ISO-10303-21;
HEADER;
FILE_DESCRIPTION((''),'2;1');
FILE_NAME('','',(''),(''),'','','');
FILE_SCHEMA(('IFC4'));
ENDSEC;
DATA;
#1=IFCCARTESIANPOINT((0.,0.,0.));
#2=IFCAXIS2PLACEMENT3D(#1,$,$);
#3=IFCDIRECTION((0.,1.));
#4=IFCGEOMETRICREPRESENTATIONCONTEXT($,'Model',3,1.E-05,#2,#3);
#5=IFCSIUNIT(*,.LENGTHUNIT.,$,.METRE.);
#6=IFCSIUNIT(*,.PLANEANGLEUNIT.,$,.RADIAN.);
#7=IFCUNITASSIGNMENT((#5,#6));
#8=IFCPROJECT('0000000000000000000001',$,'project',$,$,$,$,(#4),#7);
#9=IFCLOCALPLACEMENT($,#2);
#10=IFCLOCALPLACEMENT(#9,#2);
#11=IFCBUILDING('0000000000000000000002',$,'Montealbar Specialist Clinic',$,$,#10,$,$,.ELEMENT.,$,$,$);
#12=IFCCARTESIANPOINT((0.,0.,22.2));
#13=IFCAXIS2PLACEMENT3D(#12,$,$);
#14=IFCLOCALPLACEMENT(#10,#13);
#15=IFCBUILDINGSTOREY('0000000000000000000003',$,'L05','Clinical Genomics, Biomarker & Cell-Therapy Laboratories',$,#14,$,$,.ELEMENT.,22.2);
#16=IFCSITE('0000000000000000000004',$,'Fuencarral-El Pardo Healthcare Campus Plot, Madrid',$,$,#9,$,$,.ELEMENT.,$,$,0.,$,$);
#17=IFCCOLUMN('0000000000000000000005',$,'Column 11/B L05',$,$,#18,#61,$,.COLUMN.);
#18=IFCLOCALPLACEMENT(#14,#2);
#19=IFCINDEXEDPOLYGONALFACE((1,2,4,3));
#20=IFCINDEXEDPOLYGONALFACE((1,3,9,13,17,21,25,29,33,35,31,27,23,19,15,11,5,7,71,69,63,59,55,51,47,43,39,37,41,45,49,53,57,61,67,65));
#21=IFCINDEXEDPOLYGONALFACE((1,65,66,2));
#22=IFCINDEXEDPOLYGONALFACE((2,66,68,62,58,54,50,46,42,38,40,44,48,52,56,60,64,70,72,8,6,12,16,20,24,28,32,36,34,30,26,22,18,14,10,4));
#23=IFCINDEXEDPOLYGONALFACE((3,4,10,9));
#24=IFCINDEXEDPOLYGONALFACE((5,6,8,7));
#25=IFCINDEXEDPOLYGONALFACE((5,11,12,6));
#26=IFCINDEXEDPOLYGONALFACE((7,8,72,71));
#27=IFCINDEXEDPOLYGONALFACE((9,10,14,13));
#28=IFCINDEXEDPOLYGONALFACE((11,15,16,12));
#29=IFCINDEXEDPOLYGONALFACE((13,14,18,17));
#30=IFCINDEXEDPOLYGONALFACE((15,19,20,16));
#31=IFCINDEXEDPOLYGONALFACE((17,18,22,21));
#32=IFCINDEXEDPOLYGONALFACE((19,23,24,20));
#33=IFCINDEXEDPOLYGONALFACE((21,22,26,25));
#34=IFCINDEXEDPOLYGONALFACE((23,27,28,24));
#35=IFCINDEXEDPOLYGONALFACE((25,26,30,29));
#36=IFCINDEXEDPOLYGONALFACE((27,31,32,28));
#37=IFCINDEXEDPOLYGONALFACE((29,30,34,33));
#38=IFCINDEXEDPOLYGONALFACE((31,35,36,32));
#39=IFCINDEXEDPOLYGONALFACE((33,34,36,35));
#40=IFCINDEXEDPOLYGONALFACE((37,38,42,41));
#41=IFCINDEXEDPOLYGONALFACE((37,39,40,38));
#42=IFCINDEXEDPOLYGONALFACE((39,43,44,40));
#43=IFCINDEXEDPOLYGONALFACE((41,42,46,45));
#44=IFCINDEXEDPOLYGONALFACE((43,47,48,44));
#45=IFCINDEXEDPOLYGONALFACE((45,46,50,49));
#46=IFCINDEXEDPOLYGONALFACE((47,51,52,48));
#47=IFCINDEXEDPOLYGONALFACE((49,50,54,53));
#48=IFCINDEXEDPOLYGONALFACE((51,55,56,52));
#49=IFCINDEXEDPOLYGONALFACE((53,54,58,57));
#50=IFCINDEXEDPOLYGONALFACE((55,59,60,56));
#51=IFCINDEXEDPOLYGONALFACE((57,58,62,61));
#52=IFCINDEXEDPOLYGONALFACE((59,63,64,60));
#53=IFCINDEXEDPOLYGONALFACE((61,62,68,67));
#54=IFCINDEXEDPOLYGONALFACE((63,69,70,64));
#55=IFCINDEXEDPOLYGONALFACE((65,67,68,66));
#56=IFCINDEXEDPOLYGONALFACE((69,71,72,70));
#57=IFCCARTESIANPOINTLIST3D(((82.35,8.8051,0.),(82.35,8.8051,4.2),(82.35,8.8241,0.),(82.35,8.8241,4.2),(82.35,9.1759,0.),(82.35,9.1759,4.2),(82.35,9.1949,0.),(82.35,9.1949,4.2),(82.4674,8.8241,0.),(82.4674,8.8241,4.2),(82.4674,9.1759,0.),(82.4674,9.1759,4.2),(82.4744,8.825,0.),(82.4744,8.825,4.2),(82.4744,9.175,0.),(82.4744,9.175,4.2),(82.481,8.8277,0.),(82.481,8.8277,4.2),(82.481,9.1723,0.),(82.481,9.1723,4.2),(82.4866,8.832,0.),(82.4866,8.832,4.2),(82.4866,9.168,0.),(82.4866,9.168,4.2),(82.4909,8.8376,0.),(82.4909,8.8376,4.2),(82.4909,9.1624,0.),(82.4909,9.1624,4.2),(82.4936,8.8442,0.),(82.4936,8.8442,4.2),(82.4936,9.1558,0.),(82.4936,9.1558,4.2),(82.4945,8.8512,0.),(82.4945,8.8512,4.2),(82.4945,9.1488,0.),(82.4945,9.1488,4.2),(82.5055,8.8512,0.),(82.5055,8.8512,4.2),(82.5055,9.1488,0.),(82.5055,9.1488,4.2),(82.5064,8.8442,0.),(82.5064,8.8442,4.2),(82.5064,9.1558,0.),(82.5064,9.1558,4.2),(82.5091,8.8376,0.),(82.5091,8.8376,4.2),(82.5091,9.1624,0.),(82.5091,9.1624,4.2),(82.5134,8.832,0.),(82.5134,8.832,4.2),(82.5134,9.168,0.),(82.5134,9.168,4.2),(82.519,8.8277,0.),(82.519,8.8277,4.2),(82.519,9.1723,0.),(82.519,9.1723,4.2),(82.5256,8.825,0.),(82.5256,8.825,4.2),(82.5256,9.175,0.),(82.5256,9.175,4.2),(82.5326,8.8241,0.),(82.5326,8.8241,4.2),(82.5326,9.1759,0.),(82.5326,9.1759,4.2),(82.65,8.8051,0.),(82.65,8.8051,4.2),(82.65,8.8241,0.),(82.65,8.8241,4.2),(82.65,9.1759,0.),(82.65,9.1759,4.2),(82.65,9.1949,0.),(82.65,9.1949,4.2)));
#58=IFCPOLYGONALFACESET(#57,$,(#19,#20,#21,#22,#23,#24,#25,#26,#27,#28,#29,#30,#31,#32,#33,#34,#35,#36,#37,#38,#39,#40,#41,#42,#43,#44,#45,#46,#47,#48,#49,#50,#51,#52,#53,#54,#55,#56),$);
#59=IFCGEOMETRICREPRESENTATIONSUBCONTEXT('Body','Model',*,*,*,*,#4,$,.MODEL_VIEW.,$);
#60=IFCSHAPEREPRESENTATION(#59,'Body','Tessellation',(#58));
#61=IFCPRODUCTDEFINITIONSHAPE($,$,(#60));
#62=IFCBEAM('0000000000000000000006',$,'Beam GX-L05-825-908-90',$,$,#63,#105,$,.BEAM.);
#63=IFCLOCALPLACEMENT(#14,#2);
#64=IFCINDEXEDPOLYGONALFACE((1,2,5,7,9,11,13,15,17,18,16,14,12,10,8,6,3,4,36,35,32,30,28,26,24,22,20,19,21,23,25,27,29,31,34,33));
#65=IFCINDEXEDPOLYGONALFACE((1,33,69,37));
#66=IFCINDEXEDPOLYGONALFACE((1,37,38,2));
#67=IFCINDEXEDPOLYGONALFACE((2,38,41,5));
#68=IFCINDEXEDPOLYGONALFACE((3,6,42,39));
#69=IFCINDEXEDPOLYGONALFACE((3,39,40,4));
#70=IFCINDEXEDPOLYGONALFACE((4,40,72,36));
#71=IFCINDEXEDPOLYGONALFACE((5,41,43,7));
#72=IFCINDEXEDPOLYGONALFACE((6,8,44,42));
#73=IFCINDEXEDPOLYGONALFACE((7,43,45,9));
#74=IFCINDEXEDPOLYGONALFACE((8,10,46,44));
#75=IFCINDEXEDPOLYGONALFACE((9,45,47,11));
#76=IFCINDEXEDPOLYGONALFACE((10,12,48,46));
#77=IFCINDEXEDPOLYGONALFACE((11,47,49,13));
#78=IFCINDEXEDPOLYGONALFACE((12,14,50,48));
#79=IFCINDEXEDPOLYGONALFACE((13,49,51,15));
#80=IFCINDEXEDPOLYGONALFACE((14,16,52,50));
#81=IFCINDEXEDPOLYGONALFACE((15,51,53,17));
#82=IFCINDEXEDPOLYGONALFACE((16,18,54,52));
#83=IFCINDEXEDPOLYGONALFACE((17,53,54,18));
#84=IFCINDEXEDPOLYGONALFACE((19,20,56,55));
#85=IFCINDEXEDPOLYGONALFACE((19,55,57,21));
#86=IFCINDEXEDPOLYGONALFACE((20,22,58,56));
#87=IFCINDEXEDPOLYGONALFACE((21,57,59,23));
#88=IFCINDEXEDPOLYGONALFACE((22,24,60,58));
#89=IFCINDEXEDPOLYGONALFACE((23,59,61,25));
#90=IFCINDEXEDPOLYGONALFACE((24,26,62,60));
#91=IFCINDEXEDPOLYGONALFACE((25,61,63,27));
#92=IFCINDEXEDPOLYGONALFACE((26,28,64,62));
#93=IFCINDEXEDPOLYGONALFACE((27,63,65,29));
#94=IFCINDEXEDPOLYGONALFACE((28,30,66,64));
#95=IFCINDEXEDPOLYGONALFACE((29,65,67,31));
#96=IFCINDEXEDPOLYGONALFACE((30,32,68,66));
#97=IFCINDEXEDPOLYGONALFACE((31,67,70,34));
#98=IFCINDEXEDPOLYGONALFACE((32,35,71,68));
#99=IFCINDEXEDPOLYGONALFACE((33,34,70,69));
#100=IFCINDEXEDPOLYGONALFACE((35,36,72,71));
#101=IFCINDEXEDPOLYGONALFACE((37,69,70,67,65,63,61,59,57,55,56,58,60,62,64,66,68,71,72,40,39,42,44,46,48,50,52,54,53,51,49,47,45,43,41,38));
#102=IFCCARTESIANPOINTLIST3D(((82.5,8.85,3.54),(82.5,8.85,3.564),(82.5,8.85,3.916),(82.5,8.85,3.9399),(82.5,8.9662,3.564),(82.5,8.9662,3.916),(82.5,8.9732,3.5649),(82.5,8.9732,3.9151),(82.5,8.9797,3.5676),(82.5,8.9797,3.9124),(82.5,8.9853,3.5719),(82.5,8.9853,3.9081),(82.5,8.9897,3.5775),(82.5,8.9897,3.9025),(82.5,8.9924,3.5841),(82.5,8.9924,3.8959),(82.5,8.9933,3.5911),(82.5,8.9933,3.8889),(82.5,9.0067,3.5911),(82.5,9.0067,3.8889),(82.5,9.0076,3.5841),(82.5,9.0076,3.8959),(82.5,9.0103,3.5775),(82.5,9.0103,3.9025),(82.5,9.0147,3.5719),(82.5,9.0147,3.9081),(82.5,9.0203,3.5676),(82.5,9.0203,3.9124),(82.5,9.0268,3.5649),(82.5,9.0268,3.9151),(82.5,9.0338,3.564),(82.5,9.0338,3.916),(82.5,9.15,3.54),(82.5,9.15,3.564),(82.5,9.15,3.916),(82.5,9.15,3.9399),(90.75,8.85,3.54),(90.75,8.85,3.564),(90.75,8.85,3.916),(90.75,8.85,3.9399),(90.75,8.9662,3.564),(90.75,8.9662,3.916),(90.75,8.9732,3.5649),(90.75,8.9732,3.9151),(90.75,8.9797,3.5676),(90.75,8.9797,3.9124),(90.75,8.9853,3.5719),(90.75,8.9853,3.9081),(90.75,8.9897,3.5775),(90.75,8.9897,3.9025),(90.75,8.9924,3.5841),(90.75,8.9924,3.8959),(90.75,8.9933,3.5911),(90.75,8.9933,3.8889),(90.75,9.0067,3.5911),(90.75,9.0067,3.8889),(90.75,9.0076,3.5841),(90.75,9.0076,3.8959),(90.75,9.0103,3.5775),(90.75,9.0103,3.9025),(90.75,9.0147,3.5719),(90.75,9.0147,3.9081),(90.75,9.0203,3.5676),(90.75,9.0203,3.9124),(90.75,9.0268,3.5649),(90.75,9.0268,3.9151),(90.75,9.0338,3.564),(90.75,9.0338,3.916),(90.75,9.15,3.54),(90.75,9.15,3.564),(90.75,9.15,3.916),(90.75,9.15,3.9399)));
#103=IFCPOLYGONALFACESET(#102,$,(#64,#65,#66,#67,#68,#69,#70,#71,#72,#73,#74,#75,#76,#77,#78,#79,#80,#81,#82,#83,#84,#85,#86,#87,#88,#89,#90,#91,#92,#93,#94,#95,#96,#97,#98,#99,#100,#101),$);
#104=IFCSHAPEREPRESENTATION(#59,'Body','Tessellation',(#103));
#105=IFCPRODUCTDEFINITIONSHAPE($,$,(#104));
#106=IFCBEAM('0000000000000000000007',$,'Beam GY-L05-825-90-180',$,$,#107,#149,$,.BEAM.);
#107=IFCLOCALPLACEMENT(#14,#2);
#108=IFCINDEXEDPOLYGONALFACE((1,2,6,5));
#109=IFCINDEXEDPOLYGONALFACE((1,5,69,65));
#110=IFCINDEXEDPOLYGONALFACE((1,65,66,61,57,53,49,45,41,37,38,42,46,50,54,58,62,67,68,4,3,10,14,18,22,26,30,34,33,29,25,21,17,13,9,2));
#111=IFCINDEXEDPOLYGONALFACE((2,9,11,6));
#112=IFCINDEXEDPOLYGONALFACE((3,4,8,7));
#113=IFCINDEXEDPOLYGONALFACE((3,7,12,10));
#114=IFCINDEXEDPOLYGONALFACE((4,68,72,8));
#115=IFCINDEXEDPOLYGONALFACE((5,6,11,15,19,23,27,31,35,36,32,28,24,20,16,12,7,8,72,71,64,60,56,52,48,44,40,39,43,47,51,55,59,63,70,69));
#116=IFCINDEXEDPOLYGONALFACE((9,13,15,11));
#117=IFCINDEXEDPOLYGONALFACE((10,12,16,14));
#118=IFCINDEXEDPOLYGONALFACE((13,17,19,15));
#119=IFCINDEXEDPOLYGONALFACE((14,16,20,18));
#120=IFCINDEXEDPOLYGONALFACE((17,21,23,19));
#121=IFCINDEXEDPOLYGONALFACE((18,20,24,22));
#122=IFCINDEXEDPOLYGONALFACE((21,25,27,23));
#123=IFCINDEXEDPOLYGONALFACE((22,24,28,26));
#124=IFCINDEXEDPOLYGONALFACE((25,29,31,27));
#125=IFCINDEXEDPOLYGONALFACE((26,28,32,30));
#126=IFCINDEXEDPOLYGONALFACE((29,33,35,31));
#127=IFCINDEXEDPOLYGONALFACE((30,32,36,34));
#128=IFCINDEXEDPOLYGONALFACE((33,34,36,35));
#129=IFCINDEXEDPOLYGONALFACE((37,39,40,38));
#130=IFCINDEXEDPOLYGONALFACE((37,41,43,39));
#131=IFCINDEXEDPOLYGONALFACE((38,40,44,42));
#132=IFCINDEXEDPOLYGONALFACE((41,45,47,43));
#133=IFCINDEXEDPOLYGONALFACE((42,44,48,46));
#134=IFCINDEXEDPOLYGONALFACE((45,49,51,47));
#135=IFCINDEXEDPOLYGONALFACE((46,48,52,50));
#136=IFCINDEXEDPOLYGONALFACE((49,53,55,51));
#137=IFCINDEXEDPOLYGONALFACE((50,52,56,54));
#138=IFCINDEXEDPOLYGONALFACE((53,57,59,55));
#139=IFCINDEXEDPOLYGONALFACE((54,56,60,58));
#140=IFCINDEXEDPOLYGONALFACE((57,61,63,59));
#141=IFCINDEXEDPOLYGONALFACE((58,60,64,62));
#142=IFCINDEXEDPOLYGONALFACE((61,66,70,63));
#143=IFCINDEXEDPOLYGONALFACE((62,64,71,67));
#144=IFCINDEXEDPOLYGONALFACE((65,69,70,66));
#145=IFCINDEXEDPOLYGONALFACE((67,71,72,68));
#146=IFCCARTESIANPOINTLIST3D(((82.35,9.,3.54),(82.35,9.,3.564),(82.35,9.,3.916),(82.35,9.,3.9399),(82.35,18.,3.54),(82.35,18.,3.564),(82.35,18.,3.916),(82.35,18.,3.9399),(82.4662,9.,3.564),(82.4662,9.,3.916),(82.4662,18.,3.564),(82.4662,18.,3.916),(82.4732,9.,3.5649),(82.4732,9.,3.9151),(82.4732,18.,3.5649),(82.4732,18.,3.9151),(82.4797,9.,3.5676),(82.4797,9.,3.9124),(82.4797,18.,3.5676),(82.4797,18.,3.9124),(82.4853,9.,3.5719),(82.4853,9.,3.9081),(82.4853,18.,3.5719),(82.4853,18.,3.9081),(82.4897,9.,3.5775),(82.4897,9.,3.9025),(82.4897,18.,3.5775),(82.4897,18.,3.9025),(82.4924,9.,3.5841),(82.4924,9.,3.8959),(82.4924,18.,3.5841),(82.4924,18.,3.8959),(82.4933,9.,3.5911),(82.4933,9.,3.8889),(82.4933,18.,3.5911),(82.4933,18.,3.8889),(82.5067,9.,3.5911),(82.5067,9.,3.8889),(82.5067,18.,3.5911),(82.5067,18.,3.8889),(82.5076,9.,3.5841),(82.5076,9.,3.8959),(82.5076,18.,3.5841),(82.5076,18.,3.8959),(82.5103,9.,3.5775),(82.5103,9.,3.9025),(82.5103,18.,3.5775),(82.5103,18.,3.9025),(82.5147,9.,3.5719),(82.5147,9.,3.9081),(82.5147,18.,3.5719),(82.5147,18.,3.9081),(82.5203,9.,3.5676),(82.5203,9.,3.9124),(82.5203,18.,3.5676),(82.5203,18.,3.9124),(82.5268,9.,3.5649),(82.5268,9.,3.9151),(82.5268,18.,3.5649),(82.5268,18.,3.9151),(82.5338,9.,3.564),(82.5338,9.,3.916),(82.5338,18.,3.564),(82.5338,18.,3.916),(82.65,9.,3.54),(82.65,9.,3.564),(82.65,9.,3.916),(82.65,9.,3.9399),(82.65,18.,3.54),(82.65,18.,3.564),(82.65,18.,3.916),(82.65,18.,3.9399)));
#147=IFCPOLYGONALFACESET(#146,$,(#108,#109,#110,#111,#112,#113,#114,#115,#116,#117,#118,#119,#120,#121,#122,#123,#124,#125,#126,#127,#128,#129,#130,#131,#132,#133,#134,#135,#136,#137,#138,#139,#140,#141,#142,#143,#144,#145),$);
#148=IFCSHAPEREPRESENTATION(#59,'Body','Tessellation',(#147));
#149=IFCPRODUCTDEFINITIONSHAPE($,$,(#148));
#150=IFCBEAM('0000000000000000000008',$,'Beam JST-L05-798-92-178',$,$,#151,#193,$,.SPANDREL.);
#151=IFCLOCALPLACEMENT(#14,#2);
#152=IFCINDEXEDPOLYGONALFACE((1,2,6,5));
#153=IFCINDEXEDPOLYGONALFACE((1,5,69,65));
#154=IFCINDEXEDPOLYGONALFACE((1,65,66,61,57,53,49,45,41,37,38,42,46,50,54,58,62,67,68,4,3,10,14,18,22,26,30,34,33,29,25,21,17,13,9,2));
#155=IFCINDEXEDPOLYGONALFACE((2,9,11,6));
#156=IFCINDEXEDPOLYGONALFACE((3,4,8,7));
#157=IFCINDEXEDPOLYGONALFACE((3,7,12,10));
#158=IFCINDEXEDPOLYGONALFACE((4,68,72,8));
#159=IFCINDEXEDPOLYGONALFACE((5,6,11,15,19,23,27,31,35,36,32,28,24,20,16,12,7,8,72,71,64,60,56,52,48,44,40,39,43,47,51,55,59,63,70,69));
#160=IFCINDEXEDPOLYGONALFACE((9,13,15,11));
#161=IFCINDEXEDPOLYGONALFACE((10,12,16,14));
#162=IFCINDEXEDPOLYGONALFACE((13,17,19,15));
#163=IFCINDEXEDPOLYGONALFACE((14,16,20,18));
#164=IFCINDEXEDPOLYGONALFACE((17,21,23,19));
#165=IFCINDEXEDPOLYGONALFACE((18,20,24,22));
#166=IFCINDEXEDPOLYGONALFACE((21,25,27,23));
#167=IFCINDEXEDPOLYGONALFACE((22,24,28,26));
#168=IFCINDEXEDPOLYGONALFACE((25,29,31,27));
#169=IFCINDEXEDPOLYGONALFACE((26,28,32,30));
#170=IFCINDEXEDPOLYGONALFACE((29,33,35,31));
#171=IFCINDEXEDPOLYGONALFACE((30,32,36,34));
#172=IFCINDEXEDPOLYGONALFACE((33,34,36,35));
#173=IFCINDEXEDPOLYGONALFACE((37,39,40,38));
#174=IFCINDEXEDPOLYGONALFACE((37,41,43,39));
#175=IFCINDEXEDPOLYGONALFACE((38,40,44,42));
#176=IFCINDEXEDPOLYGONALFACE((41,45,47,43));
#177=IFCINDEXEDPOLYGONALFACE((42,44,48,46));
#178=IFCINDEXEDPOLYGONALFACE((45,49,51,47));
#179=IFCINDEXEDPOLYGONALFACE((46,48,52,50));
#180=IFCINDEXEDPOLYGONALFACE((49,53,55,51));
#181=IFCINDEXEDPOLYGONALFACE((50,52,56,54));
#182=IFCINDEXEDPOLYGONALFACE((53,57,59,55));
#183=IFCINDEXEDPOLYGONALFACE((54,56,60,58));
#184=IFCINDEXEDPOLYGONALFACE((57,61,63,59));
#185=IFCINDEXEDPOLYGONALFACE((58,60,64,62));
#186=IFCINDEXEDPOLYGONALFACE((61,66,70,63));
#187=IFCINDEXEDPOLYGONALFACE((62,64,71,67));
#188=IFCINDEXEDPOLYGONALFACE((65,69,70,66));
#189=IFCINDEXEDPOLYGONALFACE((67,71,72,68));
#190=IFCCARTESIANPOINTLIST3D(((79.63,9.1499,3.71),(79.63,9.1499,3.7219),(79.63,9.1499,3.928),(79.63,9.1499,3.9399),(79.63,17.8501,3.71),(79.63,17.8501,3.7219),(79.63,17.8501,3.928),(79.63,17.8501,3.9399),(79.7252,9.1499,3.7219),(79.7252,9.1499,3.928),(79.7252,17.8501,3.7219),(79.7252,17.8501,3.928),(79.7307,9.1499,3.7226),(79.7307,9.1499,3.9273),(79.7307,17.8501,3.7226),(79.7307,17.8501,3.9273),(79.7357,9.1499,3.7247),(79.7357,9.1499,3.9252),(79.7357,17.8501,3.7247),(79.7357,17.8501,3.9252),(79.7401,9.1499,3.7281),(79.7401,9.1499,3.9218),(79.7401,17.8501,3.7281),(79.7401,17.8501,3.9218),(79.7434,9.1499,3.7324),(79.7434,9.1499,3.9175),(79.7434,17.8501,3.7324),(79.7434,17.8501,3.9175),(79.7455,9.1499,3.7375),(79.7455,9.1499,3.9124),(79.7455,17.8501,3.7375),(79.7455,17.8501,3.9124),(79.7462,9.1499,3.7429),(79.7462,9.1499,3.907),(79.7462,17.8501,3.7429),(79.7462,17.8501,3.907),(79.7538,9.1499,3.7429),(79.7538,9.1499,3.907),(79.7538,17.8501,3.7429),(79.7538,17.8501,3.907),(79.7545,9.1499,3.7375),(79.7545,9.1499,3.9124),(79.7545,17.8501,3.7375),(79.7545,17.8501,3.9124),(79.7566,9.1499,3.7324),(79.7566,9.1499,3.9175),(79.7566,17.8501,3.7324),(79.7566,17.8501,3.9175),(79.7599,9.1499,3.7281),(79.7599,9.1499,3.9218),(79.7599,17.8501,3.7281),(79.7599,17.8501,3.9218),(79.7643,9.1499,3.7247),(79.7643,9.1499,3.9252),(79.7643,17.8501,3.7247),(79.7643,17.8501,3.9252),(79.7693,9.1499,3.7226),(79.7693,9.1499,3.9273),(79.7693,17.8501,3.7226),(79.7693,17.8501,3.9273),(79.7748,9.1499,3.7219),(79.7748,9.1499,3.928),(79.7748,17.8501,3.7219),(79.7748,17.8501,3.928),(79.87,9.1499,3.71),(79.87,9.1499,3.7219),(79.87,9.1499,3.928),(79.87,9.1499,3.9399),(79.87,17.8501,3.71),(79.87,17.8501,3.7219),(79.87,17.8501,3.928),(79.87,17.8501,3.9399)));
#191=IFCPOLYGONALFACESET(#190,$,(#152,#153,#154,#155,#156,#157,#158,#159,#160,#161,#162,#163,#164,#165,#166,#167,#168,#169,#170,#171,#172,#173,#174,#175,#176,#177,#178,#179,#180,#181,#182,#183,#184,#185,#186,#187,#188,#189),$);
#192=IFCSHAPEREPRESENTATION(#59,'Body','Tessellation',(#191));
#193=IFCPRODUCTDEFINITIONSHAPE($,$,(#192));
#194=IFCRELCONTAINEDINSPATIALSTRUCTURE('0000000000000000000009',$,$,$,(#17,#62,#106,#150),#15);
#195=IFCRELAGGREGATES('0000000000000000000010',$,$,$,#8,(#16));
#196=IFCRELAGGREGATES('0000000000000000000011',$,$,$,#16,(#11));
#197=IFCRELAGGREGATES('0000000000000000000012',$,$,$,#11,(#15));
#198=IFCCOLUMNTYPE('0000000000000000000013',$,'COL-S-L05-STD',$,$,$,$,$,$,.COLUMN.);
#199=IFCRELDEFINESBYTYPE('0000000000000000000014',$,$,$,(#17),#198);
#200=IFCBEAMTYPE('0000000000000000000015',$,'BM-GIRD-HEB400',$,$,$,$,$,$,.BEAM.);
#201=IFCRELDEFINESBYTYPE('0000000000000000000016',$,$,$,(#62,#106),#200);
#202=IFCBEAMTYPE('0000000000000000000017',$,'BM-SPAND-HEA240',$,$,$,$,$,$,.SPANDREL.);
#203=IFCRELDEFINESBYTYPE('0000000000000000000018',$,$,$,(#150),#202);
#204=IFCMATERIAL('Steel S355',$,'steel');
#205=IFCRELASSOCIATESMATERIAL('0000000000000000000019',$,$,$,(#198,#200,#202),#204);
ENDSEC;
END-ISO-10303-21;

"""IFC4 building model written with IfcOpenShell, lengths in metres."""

from ifc_helpers import new_model, si_unit, direction, frame, origin, origin_2d, place, context, subcontext, project, spatial, i_section, extrude, material, material_profile, profile_set, type_object, element, save


model = new_model("IFC4")

# Units and contexts
model_context = context("Model", 3, precision=1e-05, world=origin(), true_north=direction((0.0, 1.0)))
body_context = subcontext(model_context, "Body", "Model", "MODEL_VIEW")
ifc_project = project(units=[si_unit("LENGTHUNIT", "METRE"), si_unit("PLANEANGLEUNIT", "RADIAN")], contexts=[model_context])

# Site, building, storey
site_placement = place(None, origin())
site = spatial("IfcSite", under=ifc_project, at=site_placement, Name="Fuencarral-El Pardo Healthcare Campus Plot, Madrid", CompositionType="ELEMENT", RefElevation=0.0)
building_placement = place(site_placement, origin())
building = spatial("IfcBuilding", under=site, at=building_placement, Name="Montealbar Specialist Clinic", CompositionType="ELEMENT")
storey_placement = place(building_placement, frame((0.0, 0.0, 22.2)))
storey = spatial("IfcBuildingStorey", under=building, at=storey_placement, Name="L05", Description="Clinical Genomics, Biomarker & Cell-Therapy Laboratories", CompositionType="ELEMENT", Elevation=22.2)

# Column
ifc_material_1 = material(Name="Steel S355", Category="steel")
ifc_material_profile_1 = material_profile(ifc_material_1, i_section(OverallWidth=0.3, OverallDepth=0.3899, WebThickness=0.011, FlangeThickness=0.019, FilletRadius=0.0271, at=origin_2d()), Name="HEA 400", Category="steel")
ifc_profile_set_1 = profile_set([ifc_material_profile_1], Name="Steel S355")
column_type = type_object("IfcColumnType", Name="COL-S-L05-STD", PredefinedType="COLUMN", material=ifc_profile_set_1)
column_placement = place(storey_placement, frame((82.5, 9.0, 0.0), z_axis=(0.0, 0.0, 1.0), x_axis=(1.0, 0.0, 0.0)))
element("IfcColumn", 1, at=column_placement, inside=storey, type_object=column_type, Name="Column 11/B L05", PredefinedType="COLUMN", context=body_context, shape_type="SweptSolid", body=[
    extrude(i_section(OverallWidth=0.3, OverallDepth=0.3899, WebThickness=0.011, FlangeThickness=0.019, FilletRadius=0.0271, at=origin_2d()), origin(), (0.0, 0.0, 1.0), 4.2),
])

# Beams
ifc_material_profile_2 = material_profile(ifc_material_1, i_section(OverallWidth=0.3, OverallDepth=0.3999, WebThickness=0.0134, FlangeThickness=0.0239, FilletRadius=0.0271, at=origin_2d()), Name="HEB 400", Category="steel")
ifc_profile_set_2 = profile_set([ifc_material_profile_2], Name="Steel S355")
beam_type_1 = type_object("IfcBeamType", Name="BM-GIRD-HEB400", PredefinedType="BEAM", material=ifc_profile_set_2)
beam_1_placement = place(storey_placement, frame((82.5, 9.0, 3.74), z_axis=(1.0, 0.0, 0.0), x_axis=(0.0, 1.0, 0.0)))
element("IfcBeam", 2, at=beam_1_placement, inside=storey, type_object=beam_type_1, Name="Beam GX-L05-825-908-90", PredefinedType="BEAM", context=body_context, shape_type="SweptSolid", body=[
    extrude(i_section(OverallWidth=0.3, OverallDepth=0.3999, WebThickness=0.0134, FlangeThickness=0.0239, FilletRadius=0.0271, at=origin_2d()), origin(), (0.0, 0.0, 1.0), 8.25),
])
beam_2_placement = place(storey_placement, frame((82.5, 9.0, 3.74), z_axis=(0.0, 1.0, 0.0), x_axis=(-1.0, 0.0, 0.0)))
element("IfcBeam", 3, at=beam_2_placement, inside=storey, type_object=beam_type_1, Name="Beam GY-L05-825-90-180", PredefinedType="BEAM", context=body_context, shape_type="SweptSolid", body=[
    extrude(i_section(OverallWidth=0.3, OverallDepth=0.3999, WebThickness=0.0134, FlangeThickness=0.0239, FilletRadius=0.0271, at=origin_2d()), origin(), (0.0, 0.0, 1.0), 9.0),
])
ifc_material_profile_3 = material_profile(ifc_material_1, i_section(OverallWidth=0.24, OverallDepth=0.23, WebThickness=0.0076, FlangeThickness=0.012, FilletRadius=0.021, at=origin_2d()), Name="HEA 240", Category="steel")
ifc_profile_set_3 = profile_set([ifc_material_profile_3], Name="Steel S355")
beam_type_2 = type_object("IfcBeamType", Name="BM-SPAND-HEA240", PredefinedType="SPANDREL", material=ifc_profile_set_3)
beam_3_placement = place(storey_placement, frame((79.75, 9.1499, 3.825), z_axis=(0.0, 1.0, 0.0), x_axis=(-1.0, 0.0, 0.0)))
element("IfcBeam", 4, at=beam_3_placement, inside=storey, type_object=beam_type_2, Name="Beam JST-L05-798-92-178", PredefinedType="SPANDREL", context=body_context, shape_type="SweptSolid", body=[
    extrude(i_section(OverallWidth=0.24, OverallDepth=0.23, WebThickness=0.0076, FlangeThickness=0.012, FilletRadius=0.021, at=origin_2d()), origin(), (0.0, 0.0, 1.0), 8.7002),
])

save(model, "model.ifc")
